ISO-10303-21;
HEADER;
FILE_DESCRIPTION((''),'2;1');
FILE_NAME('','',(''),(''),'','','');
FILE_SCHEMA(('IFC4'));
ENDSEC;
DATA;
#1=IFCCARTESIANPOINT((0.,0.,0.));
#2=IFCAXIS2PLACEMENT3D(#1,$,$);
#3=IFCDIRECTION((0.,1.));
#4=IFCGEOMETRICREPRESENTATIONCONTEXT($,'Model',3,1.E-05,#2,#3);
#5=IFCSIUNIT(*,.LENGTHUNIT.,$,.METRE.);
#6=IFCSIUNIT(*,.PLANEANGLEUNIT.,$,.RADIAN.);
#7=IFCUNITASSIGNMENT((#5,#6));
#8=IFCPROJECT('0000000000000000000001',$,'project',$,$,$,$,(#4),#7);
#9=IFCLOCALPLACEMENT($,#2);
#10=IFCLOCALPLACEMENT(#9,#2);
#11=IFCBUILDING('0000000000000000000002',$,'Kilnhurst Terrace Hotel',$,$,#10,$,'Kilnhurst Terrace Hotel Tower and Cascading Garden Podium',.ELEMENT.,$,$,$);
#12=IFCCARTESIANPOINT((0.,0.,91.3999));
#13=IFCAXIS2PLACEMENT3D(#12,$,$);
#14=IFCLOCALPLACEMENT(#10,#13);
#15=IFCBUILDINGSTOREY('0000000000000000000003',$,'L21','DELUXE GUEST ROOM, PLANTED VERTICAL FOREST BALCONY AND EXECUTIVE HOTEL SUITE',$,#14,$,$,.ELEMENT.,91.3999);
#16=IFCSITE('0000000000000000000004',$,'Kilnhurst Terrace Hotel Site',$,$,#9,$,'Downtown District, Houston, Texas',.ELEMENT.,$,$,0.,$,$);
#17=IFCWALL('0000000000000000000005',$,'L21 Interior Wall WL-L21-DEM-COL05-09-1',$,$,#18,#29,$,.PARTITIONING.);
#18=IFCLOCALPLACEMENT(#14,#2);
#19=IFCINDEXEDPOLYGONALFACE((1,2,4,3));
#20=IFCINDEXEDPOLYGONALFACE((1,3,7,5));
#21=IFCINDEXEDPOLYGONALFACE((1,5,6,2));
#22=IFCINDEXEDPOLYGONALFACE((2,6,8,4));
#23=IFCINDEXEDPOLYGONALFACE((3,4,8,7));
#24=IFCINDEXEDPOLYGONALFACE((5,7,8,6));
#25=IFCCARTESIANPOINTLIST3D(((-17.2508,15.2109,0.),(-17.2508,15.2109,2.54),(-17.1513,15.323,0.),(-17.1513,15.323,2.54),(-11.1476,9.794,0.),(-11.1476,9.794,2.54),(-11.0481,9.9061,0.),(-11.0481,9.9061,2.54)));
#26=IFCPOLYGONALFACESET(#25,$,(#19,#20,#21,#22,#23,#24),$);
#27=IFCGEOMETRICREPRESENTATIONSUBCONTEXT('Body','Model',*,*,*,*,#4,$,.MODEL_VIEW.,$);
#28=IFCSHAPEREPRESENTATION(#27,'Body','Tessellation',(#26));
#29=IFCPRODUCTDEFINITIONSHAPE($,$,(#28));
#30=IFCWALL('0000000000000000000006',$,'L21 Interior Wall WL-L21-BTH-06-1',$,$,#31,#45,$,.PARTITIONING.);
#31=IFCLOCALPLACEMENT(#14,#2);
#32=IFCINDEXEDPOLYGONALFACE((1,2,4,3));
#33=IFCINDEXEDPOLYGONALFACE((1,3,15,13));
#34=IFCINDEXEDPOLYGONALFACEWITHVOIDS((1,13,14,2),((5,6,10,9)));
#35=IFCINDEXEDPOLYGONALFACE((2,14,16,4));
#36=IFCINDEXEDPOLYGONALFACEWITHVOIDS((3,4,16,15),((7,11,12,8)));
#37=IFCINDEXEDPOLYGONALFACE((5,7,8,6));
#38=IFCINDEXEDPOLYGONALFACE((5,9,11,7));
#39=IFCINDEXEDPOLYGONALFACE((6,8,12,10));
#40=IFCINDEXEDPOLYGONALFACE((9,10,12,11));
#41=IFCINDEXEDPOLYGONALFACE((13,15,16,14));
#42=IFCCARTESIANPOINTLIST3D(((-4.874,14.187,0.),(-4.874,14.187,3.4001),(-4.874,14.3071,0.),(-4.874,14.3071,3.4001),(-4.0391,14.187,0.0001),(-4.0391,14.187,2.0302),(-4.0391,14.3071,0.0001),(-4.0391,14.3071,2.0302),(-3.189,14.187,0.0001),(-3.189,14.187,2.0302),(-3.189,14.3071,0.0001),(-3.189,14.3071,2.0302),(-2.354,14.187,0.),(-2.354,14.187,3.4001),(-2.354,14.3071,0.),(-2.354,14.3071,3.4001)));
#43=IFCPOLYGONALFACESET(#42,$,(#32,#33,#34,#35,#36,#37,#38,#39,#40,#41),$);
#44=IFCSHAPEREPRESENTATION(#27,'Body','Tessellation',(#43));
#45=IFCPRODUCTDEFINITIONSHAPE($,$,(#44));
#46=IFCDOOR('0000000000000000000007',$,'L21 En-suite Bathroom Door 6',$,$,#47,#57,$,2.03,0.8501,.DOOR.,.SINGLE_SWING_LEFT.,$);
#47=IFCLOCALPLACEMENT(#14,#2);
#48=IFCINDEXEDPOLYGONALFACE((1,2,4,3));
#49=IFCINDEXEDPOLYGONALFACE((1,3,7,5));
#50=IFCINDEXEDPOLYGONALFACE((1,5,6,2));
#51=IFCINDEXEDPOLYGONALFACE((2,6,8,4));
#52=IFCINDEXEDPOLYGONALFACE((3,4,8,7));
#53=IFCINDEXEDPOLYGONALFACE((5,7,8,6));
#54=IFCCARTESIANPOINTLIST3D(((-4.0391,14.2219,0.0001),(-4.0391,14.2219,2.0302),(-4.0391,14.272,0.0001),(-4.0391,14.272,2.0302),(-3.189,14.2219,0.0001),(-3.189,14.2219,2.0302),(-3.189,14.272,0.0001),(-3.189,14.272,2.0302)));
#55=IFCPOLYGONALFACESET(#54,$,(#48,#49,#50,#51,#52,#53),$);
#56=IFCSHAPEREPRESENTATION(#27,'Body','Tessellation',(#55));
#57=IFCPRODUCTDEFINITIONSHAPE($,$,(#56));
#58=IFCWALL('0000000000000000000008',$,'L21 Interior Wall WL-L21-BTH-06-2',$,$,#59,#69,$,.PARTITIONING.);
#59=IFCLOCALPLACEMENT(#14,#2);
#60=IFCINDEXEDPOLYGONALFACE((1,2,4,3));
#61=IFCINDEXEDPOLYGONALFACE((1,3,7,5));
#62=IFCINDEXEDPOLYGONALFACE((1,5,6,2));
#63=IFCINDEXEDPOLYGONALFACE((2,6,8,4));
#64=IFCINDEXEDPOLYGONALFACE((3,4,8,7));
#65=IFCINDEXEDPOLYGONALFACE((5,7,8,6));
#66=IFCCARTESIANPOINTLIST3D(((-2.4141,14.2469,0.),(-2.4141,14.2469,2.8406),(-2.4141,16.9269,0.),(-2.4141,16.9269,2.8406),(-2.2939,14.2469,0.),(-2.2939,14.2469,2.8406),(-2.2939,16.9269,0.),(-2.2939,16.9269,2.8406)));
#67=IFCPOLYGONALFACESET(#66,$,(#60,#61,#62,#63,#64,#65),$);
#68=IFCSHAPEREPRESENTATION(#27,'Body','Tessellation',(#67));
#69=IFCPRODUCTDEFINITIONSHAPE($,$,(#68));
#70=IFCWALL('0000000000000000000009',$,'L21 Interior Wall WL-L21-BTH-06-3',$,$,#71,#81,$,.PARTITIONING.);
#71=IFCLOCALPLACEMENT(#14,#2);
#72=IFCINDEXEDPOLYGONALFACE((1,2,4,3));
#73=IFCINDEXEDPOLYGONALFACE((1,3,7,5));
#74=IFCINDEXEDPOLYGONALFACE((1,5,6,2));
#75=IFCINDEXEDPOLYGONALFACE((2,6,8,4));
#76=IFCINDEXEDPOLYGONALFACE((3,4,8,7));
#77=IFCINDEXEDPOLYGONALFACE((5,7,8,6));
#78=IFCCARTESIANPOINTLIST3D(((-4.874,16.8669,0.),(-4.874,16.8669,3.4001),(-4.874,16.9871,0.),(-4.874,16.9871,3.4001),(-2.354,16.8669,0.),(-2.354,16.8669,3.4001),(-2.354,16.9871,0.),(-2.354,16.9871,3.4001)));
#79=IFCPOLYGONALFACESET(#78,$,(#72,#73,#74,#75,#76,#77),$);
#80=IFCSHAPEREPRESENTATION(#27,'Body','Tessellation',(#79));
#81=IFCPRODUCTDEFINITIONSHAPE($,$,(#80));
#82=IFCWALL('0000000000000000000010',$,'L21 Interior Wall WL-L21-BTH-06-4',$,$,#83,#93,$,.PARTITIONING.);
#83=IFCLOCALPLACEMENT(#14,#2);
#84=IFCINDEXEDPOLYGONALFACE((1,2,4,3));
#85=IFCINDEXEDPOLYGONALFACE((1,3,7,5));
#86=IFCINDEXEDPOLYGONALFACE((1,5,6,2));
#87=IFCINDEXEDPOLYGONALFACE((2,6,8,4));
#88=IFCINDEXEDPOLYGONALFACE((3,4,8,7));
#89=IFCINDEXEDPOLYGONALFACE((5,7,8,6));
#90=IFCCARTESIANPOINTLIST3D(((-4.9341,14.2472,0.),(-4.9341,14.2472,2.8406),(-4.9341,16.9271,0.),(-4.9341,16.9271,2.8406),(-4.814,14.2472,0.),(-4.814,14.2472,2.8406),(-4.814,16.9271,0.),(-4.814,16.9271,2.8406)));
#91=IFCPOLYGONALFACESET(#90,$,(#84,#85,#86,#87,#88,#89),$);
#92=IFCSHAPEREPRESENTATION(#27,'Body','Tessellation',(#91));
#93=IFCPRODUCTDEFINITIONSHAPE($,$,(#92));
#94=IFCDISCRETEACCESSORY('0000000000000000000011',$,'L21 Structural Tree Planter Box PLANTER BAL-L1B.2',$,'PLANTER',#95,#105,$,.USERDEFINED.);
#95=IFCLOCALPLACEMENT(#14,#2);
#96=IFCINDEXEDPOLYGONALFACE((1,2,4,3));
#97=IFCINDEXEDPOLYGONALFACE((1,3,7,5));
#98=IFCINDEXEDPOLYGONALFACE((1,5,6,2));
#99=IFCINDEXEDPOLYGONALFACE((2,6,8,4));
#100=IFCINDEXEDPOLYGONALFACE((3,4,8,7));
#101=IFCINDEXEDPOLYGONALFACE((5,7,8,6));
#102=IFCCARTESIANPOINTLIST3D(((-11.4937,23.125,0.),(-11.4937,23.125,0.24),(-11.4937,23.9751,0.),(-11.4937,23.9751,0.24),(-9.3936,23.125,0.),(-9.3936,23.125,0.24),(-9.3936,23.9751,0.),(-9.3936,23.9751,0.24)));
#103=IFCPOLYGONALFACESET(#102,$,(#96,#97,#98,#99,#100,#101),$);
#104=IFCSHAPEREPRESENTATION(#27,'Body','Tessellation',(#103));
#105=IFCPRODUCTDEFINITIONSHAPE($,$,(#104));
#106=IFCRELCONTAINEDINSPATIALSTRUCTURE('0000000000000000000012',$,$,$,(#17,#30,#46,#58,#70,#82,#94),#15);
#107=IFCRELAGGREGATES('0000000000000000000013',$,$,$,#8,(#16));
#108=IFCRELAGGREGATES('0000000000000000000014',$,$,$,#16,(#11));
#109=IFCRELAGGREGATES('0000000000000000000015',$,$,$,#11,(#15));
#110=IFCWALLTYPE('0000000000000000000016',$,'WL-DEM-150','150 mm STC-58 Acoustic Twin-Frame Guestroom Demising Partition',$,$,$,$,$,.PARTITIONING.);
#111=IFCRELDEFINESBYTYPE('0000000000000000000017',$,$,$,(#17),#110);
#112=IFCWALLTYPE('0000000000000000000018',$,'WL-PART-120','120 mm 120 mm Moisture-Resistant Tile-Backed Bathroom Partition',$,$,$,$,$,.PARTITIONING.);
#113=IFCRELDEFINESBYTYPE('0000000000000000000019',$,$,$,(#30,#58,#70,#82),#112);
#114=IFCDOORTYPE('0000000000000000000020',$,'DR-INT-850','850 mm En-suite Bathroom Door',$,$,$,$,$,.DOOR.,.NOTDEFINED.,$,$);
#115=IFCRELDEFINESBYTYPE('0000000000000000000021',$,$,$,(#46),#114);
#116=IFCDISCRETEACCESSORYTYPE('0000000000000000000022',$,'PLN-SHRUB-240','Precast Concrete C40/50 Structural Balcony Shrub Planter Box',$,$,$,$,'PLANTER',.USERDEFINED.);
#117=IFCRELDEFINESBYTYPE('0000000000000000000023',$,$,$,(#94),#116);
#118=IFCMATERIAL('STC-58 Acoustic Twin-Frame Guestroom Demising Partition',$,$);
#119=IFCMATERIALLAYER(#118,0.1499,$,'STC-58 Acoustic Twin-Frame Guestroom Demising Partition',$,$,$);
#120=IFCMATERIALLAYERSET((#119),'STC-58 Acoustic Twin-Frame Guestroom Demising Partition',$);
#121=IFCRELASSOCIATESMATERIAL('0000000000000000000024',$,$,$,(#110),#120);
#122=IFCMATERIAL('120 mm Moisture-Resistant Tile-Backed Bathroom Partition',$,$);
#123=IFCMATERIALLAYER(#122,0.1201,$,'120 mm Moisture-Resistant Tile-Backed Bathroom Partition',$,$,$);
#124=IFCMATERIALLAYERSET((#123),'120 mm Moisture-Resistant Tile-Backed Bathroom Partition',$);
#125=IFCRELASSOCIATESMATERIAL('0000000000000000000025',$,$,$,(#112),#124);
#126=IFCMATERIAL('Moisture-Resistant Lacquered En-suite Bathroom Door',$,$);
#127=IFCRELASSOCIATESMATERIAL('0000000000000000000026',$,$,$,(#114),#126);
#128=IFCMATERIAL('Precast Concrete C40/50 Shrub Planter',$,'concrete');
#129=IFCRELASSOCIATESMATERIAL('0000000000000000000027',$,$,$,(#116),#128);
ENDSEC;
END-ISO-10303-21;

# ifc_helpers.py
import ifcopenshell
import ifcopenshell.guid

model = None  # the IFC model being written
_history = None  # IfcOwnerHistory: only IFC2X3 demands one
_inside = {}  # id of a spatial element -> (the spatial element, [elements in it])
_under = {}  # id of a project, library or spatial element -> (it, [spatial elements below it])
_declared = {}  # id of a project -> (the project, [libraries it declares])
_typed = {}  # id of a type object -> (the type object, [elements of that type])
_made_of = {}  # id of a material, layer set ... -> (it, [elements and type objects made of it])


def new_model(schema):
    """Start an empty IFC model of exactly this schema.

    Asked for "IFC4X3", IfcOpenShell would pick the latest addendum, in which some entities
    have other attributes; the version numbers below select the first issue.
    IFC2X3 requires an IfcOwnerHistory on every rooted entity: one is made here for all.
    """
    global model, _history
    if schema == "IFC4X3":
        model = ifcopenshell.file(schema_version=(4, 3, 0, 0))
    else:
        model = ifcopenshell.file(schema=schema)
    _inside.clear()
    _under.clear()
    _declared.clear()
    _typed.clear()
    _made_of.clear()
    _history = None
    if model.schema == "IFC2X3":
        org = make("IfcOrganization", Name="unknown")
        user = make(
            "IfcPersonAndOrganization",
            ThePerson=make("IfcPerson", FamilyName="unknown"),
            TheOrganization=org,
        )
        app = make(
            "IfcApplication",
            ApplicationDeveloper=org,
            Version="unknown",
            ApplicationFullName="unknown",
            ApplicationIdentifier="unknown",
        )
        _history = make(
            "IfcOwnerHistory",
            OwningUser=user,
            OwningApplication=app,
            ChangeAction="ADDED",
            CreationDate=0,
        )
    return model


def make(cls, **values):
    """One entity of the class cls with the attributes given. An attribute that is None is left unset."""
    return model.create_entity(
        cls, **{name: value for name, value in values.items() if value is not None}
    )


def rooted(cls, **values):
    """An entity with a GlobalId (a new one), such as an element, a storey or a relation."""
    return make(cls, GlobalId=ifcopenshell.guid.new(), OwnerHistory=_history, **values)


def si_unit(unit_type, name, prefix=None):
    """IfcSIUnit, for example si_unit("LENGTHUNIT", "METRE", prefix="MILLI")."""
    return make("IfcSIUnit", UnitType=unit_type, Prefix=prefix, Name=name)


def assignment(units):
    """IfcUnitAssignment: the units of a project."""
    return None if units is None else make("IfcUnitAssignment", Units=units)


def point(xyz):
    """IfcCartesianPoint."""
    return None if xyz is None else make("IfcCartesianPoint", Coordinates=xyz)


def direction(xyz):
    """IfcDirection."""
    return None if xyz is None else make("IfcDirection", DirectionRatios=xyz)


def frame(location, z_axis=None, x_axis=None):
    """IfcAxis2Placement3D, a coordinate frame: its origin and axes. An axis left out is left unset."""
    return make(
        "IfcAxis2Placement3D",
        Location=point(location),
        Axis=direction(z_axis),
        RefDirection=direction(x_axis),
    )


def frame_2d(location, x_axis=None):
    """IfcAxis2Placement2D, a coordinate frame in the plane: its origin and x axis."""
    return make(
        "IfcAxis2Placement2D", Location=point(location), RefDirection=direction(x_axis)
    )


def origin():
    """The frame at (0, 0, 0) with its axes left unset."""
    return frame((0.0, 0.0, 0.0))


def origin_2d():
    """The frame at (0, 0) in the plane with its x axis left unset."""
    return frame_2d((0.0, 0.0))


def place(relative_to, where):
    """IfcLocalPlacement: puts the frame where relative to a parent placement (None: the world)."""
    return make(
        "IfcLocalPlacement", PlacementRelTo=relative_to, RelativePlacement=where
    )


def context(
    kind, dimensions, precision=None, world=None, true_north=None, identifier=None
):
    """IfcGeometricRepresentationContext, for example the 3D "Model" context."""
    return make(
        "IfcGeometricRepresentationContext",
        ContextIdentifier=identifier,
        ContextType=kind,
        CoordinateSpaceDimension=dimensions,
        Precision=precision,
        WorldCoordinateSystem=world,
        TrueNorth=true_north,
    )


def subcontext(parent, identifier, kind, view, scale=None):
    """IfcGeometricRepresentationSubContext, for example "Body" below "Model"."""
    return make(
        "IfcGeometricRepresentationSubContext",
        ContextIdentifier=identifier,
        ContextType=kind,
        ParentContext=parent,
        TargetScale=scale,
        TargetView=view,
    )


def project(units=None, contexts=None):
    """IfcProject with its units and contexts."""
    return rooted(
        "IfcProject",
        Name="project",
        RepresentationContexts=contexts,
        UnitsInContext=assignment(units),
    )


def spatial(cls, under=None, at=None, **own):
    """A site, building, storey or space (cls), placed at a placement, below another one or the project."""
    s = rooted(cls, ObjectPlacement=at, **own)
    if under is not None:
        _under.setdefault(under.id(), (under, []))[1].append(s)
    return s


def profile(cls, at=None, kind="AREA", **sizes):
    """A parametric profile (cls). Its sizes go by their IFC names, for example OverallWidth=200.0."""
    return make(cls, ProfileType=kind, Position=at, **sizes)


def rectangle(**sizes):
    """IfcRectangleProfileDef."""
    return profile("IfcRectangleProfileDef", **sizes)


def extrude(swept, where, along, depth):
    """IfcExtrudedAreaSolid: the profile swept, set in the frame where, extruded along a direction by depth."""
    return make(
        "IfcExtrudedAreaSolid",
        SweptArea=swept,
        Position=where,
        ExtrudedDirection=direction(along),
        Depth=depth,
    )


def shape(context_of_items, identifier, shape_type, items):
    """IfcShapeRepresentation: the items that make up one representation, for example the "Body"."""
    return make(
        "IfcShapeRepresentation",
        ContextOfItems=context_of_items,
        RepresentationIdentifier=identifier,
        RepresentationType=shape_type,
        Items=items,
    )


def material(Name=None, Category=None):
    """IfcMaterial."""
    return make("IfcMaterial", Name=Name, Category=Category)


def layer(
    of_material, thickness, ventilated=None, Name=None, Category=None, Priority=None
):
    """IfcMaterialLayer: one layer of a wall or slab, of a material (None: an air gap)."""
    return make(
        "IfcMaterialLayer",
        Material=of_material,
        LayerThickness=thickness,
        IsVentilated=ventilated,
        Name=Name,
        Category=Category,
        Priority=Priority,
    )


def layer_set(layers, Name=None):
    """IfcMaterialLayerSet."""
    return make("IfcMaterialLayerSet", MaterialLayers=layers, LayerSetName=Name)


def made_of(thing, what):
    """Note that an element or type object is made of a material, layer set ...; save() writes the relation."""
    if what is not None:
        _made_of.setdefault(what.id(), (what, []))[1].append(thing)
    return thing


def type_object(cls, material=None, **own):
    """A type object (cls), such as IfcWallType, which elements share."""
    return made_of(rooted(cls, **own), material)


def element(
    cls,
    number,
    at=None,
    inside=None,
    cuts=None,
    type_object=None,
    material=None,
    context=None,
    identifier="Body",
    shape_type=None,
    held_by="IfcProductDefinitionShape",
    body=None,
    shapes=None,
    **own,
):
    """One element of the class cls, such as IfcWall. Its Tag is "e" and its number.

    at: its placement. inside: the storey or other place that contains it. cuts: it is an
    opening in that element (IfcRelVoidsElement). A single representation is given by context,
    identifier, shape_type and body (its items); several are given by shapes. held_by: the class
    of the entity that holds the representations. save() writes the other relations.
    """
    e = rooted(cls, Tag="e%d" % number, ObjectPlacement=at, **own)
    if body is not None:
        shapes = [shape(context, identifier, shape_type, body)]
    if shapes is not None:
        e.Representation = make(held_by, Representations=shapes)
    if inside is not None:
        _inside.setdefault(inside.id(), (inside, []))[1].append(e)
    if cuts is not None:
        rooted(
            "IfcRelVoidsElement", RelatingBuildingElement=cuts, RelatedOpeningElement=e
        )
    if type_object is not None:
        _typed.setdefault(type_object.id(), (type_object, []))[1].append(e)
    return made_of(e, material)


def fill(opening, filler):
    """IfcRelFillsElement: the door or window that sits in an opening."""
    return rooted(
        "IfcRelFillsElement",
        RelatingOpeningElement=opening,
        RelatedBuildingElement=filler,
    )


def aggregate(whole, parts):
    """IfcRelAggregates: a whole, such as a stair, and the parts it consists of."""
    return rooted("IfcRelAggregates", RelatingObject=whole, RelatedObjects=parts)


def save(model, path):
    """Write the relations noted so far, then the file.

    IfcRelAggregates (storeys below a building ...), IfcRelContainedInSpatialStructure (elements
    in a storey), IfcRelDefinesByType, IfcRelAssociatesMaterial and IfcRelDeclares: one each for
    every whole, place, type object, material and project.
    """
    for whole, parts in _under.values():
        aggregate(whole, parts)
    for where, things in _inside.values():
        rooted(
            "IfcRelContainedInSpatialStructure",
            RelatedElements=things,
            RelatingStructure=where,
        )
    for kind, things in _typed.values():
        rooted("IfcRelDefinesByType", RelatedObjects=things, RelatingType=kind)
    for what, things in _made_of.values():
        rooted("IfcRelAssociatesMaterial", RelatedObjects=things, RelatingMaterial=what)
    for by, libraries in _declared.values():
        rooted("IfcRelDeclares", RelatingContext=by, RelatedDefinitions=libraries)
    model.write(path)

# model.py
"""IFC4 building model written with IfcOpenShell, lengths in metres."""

from ifc_helpers import new_model, si_unit, direction, frame, frame_2d, origin, origin_2d, place, context, subcontext, project, spatial, rectangle, extrude, material, layer, layer_set, type_object, element, fill, save


model = new_model("IFC4")

# Units and contexts
model_context = context("Model", 3, precision=1e-05, world=origin(), true_north=direction((0.0, 1.0)))
body_context = subcontext(model_context, "Body", "Model", "MODEL_VIEW")
ifc_project = project(units=[si_unit("LENGTHUNIT", "METRE"), si_unit("PLANEANGLEUNIT", "RADIAN")], contexts=[model_context])

# Site, building, storey
site_placement = place(None, origin())
site = spatial("IfcSite", under=ifc_project, at=site_placement, Name="Kilnhurst Terrace Hotel Site", LongName="Downtown District, Houston, Texas", CompositionType="ELEMENT", RefElevation=0.0)
building_placement = place(site_placement, origin())
building = spatial("IfcBuilding", under=site, at=building_placement, Name="Kilnhurst Terrace Hotel", LongName="Kilnhurst Terrace Hotel Tower and Cascading Garden Podium", CompositionType="ELEMENT")
storey_placement = place(building_placement, frame((0.0, 0.0, 91.3999)))
storey = spatial("IfcBuildingStorey", under=building, at=storey_placement, Name="L21", Description="DELUXE GUEST ROOM, PLANTED VERTICAL FOREST BALCONY AND EXECUTIVE HOTEL SUITE", CompositionType="ELEMENT", Elevation=91.3999)

# Wall
ifc_material_1 = material(Name="STC-58 Acoustic Twin-Frame Guestroom Demising Partition")
ifc_layer_1 = layer(ifc_material_1, 0.1499, Name="STC-58 Acoustic Twin-Frame Guestroom Demising Partition")
ifc_layer_set_1 = layer_set([ifc_layer_1], Name="STC-58 Acoustic Twin-Frame Guestroom Demising Partition")
wall_type_1 = type_object("IfcWallType", Name="WL-DEM-150", Description="150 mm STC-58 Acoustic Twin-Frame Guestroom Demising Partition", PredefinedType="PARTITIONING", material=ifc_layer_set_1)
wall_1_placement = place(storey_placement, frame((-11.0979, 9.8501, 0.0), z_axis=(0.0, 0.0, 1.0), x_axis=(-0.747904, 0.663807, 0.0)))
element("IfcWall", 1, at=wall_1_placement, inside=storey, type_object=wall_type_1, Name="L21 Interior Wall WL-L21-DEM-COL05-09-1", PredefinedType="PARTITIONING", context=body_context, shape_type="SweptSolid", body=[
    extrude(rectangle(XDim=8.1604, YDim=0.1499, at=frame_2d((4.0801, 0.0))), origin(), (0.0, 0.0, 1.0), 2.54),
])

# Wall, opening, door
ifc_material_2 = material(Name="120 mm Moisture-Resistant Tile-Backed Bathroom Partition")
ifc_layer_2 = layer(ifc_material_2, 0.1201, Name="120 mm Moisture-Resistant Tile-Backed Bathroom Partition")
ifc_layer_set_2 = layer_set([ifc_layer_2], Name="120 mm Moisture-Resistant Tile-Backed Bathroom Partition")
wall_type_2 = type_object("IfcWallType", Name="WL-PART-120", Description="120 mm 120 mm Moisture-Resistant Tile-Backed Bathroom Partition", PredefinedType="PARTITIONING", material=ifc_layer_set_2)
wall_2_placement = place(storey_placement, frame((-4.874, 14.2471, 0.0), z_axis=(0.0, 0.0, 1.0), x_axis=(1.0, 0.0, 0.0)))
wall_2 = element("IfcWall", 2, at=wall_2_placement, inside=storey, type_object=wall_type_2, Name="L21 Interior Wall WL-L21-BTH-06-1", PredefinedType="PARTITIONING", context=body_context, shape_type="SweptSolid", body=[
    extrude(rectangle(XDim=2.52, YDim=0.1201, at=frame_2d((1.26, 0.0))), origin(), (0.0, 0.0, 1.0), 3.4001),
])
opening_placement = place(wall_2_placement, frame((0.835, 0.0, 0.0)))
opening = element("IfcOpeningElement", 3, at=opening_placement, cuts=wall_2, PredefinedType="OPENING", context=body_context, shape_type="SweptSolid", body=[
    extrude(rectangle(XDim=0.8501, YDim=2.03, at=frame_2d((0.425, 1.0151))), frame((0.0, 0.0701, 0.0), z_axis=(0.0, -1.0, 0.0), x_axis=(1.0, 0.0, 0.0)), (0.0, 0.0, 1.0), 0.1401),
])
ifc_material_3 = material(Name="Moisture-Resistant Lacquered En-suite Bathroom Door")
door_type = type_object("IfcDoorType", Name="DR-INT-850", Description="850 mm En-suite Bathroom Door", OperationType="NOTDEFINED", PredefinedType="DOOR", material=ifc_material_3)
door_placement = place(opening_placement, origin())
door = element("IfcDoor", 4, at=door_placement, inside=storey, type_object=door_type, Name="L21 En-suite Bathroom Door 6", OperationType="SINGLE_SWING_LEFT", OverallHeight=2.03, OverallWidth=0.8501, PredefinedType="DOOR", context=body_context, shape_type="SweptSolid", body=[
    extrude(rectangle(XDim=0.8501, YDim=2.03, at=frame_2d((0.425, 1.0151))), frame((0.0, 0.0249, 0.0), z_axis=(0.0, -1.0, 0.0), x_axis=(1.0, 0.0, 0.0)), (0.0, 0.0, 1.0), 0.05),
])
fill(opening, door)

# Walls
wall_3_placement = place(storey_placement, frame((-2.354, 14.2471, 0.0), z_axis=(0.0, 0.0, 1.0), x_axis=(0.0, 1.0, 0.0)))
element("IfcWall", 5, at=wall_3_placement, inside=storey, type_object=wall_type_2, Name="L21 Interior Wall WL-L21-BTH-06-2", PredefinedType="PARTITIONING", context=body_context, shape_type="SweptSolid", body=[
    extrude(rectangle(XDim=2.6799, YDim=0.1201, at=frame_2d((1.3398, 0.0))), origin(), (0.0, 0.0, 1.0), 2.8406),
])
wall_4_placement = place(storey_placement, frame((-2.354, 16.927, 0.0), z_axis=(0.0, 0.0, 1.0), x_axis=(-1.0, 0.0, 0.0)))
element("IfcWall", 6, at=wall_4_placement, inside=storey, type_object=wall_type_2, Name="L21 Interior Wall WL-L21-BTH-06-3", PredefinedType="PARTITIONING", context=body_context, shape_type="SweptSolid", body=[
    extrude(rectangle(XDim=2.52, YDim=0.1201, at=frame_2d((1.26, 0.0))), origin(), (0.0, 0.0, 1.0), 3.4001),
])
wall_5_placement = place(storey_placement, frame((-4.874, 16.927, 0.0), z_axis=(0.0, 0.0, 1.0), x_axis=(0.0, -1.0, 0.0)))
element("IfcWall", 7, at=wall_5_placement, inside=storey, type_object=wall_type_2, Name="L21 Interior Wall WL-L21-BTH-06-4", PredefinedType="PARTITIONING", context=body_context, shape_type="SweptSolid", body=[
    extrude(rectangle(XDim=2.6799, YDim=0.1201, at=frame_2d((1.3398, 0.0))), origin(), (0.0, 0.0, 1.0), 2.8406),
])

# Discrete accessory
ifc_material_4 = material(Name="Precast Concrete C40/50 Shrub Planter", Category="concrete")
discrete_accessory_type = type_object("IfcDiscreteAccessoryType", Name="PLN-SHRUB-240", Description="Precast Concrete C40/50 Structural Balcony Shrub Planter Box", ElementType="PLANTER", PredefinedType="USERDEFINED", material=ifc_material_4)
discrete_accessory_placement = place(storey_placement, frame((-10.4436, 23.55, 0.0), z_axis=(0.0, 0.0, 1.0), x_axis=(-1.0, 0.0, 0.0)))
element("IfcDiscreteAccessory", 8, at=discrete_accessory_placement, inside=storey, type_object=discrete_accessory_type, Name="L21 Structural Tree Planter Box PLANTER BAL-L1B.2", ObjectType="PLANTER", PredefinedType="USERDEFINED", context=body_context, shape_type="SweptSolid", body=[
    extrude(rectangle(XDim=2.1001, YDim=0.8501, at=origin_2d()), origin(), (0.0, 0.0, 1.0), 0.24),
])

save(model, "model.ifc")
